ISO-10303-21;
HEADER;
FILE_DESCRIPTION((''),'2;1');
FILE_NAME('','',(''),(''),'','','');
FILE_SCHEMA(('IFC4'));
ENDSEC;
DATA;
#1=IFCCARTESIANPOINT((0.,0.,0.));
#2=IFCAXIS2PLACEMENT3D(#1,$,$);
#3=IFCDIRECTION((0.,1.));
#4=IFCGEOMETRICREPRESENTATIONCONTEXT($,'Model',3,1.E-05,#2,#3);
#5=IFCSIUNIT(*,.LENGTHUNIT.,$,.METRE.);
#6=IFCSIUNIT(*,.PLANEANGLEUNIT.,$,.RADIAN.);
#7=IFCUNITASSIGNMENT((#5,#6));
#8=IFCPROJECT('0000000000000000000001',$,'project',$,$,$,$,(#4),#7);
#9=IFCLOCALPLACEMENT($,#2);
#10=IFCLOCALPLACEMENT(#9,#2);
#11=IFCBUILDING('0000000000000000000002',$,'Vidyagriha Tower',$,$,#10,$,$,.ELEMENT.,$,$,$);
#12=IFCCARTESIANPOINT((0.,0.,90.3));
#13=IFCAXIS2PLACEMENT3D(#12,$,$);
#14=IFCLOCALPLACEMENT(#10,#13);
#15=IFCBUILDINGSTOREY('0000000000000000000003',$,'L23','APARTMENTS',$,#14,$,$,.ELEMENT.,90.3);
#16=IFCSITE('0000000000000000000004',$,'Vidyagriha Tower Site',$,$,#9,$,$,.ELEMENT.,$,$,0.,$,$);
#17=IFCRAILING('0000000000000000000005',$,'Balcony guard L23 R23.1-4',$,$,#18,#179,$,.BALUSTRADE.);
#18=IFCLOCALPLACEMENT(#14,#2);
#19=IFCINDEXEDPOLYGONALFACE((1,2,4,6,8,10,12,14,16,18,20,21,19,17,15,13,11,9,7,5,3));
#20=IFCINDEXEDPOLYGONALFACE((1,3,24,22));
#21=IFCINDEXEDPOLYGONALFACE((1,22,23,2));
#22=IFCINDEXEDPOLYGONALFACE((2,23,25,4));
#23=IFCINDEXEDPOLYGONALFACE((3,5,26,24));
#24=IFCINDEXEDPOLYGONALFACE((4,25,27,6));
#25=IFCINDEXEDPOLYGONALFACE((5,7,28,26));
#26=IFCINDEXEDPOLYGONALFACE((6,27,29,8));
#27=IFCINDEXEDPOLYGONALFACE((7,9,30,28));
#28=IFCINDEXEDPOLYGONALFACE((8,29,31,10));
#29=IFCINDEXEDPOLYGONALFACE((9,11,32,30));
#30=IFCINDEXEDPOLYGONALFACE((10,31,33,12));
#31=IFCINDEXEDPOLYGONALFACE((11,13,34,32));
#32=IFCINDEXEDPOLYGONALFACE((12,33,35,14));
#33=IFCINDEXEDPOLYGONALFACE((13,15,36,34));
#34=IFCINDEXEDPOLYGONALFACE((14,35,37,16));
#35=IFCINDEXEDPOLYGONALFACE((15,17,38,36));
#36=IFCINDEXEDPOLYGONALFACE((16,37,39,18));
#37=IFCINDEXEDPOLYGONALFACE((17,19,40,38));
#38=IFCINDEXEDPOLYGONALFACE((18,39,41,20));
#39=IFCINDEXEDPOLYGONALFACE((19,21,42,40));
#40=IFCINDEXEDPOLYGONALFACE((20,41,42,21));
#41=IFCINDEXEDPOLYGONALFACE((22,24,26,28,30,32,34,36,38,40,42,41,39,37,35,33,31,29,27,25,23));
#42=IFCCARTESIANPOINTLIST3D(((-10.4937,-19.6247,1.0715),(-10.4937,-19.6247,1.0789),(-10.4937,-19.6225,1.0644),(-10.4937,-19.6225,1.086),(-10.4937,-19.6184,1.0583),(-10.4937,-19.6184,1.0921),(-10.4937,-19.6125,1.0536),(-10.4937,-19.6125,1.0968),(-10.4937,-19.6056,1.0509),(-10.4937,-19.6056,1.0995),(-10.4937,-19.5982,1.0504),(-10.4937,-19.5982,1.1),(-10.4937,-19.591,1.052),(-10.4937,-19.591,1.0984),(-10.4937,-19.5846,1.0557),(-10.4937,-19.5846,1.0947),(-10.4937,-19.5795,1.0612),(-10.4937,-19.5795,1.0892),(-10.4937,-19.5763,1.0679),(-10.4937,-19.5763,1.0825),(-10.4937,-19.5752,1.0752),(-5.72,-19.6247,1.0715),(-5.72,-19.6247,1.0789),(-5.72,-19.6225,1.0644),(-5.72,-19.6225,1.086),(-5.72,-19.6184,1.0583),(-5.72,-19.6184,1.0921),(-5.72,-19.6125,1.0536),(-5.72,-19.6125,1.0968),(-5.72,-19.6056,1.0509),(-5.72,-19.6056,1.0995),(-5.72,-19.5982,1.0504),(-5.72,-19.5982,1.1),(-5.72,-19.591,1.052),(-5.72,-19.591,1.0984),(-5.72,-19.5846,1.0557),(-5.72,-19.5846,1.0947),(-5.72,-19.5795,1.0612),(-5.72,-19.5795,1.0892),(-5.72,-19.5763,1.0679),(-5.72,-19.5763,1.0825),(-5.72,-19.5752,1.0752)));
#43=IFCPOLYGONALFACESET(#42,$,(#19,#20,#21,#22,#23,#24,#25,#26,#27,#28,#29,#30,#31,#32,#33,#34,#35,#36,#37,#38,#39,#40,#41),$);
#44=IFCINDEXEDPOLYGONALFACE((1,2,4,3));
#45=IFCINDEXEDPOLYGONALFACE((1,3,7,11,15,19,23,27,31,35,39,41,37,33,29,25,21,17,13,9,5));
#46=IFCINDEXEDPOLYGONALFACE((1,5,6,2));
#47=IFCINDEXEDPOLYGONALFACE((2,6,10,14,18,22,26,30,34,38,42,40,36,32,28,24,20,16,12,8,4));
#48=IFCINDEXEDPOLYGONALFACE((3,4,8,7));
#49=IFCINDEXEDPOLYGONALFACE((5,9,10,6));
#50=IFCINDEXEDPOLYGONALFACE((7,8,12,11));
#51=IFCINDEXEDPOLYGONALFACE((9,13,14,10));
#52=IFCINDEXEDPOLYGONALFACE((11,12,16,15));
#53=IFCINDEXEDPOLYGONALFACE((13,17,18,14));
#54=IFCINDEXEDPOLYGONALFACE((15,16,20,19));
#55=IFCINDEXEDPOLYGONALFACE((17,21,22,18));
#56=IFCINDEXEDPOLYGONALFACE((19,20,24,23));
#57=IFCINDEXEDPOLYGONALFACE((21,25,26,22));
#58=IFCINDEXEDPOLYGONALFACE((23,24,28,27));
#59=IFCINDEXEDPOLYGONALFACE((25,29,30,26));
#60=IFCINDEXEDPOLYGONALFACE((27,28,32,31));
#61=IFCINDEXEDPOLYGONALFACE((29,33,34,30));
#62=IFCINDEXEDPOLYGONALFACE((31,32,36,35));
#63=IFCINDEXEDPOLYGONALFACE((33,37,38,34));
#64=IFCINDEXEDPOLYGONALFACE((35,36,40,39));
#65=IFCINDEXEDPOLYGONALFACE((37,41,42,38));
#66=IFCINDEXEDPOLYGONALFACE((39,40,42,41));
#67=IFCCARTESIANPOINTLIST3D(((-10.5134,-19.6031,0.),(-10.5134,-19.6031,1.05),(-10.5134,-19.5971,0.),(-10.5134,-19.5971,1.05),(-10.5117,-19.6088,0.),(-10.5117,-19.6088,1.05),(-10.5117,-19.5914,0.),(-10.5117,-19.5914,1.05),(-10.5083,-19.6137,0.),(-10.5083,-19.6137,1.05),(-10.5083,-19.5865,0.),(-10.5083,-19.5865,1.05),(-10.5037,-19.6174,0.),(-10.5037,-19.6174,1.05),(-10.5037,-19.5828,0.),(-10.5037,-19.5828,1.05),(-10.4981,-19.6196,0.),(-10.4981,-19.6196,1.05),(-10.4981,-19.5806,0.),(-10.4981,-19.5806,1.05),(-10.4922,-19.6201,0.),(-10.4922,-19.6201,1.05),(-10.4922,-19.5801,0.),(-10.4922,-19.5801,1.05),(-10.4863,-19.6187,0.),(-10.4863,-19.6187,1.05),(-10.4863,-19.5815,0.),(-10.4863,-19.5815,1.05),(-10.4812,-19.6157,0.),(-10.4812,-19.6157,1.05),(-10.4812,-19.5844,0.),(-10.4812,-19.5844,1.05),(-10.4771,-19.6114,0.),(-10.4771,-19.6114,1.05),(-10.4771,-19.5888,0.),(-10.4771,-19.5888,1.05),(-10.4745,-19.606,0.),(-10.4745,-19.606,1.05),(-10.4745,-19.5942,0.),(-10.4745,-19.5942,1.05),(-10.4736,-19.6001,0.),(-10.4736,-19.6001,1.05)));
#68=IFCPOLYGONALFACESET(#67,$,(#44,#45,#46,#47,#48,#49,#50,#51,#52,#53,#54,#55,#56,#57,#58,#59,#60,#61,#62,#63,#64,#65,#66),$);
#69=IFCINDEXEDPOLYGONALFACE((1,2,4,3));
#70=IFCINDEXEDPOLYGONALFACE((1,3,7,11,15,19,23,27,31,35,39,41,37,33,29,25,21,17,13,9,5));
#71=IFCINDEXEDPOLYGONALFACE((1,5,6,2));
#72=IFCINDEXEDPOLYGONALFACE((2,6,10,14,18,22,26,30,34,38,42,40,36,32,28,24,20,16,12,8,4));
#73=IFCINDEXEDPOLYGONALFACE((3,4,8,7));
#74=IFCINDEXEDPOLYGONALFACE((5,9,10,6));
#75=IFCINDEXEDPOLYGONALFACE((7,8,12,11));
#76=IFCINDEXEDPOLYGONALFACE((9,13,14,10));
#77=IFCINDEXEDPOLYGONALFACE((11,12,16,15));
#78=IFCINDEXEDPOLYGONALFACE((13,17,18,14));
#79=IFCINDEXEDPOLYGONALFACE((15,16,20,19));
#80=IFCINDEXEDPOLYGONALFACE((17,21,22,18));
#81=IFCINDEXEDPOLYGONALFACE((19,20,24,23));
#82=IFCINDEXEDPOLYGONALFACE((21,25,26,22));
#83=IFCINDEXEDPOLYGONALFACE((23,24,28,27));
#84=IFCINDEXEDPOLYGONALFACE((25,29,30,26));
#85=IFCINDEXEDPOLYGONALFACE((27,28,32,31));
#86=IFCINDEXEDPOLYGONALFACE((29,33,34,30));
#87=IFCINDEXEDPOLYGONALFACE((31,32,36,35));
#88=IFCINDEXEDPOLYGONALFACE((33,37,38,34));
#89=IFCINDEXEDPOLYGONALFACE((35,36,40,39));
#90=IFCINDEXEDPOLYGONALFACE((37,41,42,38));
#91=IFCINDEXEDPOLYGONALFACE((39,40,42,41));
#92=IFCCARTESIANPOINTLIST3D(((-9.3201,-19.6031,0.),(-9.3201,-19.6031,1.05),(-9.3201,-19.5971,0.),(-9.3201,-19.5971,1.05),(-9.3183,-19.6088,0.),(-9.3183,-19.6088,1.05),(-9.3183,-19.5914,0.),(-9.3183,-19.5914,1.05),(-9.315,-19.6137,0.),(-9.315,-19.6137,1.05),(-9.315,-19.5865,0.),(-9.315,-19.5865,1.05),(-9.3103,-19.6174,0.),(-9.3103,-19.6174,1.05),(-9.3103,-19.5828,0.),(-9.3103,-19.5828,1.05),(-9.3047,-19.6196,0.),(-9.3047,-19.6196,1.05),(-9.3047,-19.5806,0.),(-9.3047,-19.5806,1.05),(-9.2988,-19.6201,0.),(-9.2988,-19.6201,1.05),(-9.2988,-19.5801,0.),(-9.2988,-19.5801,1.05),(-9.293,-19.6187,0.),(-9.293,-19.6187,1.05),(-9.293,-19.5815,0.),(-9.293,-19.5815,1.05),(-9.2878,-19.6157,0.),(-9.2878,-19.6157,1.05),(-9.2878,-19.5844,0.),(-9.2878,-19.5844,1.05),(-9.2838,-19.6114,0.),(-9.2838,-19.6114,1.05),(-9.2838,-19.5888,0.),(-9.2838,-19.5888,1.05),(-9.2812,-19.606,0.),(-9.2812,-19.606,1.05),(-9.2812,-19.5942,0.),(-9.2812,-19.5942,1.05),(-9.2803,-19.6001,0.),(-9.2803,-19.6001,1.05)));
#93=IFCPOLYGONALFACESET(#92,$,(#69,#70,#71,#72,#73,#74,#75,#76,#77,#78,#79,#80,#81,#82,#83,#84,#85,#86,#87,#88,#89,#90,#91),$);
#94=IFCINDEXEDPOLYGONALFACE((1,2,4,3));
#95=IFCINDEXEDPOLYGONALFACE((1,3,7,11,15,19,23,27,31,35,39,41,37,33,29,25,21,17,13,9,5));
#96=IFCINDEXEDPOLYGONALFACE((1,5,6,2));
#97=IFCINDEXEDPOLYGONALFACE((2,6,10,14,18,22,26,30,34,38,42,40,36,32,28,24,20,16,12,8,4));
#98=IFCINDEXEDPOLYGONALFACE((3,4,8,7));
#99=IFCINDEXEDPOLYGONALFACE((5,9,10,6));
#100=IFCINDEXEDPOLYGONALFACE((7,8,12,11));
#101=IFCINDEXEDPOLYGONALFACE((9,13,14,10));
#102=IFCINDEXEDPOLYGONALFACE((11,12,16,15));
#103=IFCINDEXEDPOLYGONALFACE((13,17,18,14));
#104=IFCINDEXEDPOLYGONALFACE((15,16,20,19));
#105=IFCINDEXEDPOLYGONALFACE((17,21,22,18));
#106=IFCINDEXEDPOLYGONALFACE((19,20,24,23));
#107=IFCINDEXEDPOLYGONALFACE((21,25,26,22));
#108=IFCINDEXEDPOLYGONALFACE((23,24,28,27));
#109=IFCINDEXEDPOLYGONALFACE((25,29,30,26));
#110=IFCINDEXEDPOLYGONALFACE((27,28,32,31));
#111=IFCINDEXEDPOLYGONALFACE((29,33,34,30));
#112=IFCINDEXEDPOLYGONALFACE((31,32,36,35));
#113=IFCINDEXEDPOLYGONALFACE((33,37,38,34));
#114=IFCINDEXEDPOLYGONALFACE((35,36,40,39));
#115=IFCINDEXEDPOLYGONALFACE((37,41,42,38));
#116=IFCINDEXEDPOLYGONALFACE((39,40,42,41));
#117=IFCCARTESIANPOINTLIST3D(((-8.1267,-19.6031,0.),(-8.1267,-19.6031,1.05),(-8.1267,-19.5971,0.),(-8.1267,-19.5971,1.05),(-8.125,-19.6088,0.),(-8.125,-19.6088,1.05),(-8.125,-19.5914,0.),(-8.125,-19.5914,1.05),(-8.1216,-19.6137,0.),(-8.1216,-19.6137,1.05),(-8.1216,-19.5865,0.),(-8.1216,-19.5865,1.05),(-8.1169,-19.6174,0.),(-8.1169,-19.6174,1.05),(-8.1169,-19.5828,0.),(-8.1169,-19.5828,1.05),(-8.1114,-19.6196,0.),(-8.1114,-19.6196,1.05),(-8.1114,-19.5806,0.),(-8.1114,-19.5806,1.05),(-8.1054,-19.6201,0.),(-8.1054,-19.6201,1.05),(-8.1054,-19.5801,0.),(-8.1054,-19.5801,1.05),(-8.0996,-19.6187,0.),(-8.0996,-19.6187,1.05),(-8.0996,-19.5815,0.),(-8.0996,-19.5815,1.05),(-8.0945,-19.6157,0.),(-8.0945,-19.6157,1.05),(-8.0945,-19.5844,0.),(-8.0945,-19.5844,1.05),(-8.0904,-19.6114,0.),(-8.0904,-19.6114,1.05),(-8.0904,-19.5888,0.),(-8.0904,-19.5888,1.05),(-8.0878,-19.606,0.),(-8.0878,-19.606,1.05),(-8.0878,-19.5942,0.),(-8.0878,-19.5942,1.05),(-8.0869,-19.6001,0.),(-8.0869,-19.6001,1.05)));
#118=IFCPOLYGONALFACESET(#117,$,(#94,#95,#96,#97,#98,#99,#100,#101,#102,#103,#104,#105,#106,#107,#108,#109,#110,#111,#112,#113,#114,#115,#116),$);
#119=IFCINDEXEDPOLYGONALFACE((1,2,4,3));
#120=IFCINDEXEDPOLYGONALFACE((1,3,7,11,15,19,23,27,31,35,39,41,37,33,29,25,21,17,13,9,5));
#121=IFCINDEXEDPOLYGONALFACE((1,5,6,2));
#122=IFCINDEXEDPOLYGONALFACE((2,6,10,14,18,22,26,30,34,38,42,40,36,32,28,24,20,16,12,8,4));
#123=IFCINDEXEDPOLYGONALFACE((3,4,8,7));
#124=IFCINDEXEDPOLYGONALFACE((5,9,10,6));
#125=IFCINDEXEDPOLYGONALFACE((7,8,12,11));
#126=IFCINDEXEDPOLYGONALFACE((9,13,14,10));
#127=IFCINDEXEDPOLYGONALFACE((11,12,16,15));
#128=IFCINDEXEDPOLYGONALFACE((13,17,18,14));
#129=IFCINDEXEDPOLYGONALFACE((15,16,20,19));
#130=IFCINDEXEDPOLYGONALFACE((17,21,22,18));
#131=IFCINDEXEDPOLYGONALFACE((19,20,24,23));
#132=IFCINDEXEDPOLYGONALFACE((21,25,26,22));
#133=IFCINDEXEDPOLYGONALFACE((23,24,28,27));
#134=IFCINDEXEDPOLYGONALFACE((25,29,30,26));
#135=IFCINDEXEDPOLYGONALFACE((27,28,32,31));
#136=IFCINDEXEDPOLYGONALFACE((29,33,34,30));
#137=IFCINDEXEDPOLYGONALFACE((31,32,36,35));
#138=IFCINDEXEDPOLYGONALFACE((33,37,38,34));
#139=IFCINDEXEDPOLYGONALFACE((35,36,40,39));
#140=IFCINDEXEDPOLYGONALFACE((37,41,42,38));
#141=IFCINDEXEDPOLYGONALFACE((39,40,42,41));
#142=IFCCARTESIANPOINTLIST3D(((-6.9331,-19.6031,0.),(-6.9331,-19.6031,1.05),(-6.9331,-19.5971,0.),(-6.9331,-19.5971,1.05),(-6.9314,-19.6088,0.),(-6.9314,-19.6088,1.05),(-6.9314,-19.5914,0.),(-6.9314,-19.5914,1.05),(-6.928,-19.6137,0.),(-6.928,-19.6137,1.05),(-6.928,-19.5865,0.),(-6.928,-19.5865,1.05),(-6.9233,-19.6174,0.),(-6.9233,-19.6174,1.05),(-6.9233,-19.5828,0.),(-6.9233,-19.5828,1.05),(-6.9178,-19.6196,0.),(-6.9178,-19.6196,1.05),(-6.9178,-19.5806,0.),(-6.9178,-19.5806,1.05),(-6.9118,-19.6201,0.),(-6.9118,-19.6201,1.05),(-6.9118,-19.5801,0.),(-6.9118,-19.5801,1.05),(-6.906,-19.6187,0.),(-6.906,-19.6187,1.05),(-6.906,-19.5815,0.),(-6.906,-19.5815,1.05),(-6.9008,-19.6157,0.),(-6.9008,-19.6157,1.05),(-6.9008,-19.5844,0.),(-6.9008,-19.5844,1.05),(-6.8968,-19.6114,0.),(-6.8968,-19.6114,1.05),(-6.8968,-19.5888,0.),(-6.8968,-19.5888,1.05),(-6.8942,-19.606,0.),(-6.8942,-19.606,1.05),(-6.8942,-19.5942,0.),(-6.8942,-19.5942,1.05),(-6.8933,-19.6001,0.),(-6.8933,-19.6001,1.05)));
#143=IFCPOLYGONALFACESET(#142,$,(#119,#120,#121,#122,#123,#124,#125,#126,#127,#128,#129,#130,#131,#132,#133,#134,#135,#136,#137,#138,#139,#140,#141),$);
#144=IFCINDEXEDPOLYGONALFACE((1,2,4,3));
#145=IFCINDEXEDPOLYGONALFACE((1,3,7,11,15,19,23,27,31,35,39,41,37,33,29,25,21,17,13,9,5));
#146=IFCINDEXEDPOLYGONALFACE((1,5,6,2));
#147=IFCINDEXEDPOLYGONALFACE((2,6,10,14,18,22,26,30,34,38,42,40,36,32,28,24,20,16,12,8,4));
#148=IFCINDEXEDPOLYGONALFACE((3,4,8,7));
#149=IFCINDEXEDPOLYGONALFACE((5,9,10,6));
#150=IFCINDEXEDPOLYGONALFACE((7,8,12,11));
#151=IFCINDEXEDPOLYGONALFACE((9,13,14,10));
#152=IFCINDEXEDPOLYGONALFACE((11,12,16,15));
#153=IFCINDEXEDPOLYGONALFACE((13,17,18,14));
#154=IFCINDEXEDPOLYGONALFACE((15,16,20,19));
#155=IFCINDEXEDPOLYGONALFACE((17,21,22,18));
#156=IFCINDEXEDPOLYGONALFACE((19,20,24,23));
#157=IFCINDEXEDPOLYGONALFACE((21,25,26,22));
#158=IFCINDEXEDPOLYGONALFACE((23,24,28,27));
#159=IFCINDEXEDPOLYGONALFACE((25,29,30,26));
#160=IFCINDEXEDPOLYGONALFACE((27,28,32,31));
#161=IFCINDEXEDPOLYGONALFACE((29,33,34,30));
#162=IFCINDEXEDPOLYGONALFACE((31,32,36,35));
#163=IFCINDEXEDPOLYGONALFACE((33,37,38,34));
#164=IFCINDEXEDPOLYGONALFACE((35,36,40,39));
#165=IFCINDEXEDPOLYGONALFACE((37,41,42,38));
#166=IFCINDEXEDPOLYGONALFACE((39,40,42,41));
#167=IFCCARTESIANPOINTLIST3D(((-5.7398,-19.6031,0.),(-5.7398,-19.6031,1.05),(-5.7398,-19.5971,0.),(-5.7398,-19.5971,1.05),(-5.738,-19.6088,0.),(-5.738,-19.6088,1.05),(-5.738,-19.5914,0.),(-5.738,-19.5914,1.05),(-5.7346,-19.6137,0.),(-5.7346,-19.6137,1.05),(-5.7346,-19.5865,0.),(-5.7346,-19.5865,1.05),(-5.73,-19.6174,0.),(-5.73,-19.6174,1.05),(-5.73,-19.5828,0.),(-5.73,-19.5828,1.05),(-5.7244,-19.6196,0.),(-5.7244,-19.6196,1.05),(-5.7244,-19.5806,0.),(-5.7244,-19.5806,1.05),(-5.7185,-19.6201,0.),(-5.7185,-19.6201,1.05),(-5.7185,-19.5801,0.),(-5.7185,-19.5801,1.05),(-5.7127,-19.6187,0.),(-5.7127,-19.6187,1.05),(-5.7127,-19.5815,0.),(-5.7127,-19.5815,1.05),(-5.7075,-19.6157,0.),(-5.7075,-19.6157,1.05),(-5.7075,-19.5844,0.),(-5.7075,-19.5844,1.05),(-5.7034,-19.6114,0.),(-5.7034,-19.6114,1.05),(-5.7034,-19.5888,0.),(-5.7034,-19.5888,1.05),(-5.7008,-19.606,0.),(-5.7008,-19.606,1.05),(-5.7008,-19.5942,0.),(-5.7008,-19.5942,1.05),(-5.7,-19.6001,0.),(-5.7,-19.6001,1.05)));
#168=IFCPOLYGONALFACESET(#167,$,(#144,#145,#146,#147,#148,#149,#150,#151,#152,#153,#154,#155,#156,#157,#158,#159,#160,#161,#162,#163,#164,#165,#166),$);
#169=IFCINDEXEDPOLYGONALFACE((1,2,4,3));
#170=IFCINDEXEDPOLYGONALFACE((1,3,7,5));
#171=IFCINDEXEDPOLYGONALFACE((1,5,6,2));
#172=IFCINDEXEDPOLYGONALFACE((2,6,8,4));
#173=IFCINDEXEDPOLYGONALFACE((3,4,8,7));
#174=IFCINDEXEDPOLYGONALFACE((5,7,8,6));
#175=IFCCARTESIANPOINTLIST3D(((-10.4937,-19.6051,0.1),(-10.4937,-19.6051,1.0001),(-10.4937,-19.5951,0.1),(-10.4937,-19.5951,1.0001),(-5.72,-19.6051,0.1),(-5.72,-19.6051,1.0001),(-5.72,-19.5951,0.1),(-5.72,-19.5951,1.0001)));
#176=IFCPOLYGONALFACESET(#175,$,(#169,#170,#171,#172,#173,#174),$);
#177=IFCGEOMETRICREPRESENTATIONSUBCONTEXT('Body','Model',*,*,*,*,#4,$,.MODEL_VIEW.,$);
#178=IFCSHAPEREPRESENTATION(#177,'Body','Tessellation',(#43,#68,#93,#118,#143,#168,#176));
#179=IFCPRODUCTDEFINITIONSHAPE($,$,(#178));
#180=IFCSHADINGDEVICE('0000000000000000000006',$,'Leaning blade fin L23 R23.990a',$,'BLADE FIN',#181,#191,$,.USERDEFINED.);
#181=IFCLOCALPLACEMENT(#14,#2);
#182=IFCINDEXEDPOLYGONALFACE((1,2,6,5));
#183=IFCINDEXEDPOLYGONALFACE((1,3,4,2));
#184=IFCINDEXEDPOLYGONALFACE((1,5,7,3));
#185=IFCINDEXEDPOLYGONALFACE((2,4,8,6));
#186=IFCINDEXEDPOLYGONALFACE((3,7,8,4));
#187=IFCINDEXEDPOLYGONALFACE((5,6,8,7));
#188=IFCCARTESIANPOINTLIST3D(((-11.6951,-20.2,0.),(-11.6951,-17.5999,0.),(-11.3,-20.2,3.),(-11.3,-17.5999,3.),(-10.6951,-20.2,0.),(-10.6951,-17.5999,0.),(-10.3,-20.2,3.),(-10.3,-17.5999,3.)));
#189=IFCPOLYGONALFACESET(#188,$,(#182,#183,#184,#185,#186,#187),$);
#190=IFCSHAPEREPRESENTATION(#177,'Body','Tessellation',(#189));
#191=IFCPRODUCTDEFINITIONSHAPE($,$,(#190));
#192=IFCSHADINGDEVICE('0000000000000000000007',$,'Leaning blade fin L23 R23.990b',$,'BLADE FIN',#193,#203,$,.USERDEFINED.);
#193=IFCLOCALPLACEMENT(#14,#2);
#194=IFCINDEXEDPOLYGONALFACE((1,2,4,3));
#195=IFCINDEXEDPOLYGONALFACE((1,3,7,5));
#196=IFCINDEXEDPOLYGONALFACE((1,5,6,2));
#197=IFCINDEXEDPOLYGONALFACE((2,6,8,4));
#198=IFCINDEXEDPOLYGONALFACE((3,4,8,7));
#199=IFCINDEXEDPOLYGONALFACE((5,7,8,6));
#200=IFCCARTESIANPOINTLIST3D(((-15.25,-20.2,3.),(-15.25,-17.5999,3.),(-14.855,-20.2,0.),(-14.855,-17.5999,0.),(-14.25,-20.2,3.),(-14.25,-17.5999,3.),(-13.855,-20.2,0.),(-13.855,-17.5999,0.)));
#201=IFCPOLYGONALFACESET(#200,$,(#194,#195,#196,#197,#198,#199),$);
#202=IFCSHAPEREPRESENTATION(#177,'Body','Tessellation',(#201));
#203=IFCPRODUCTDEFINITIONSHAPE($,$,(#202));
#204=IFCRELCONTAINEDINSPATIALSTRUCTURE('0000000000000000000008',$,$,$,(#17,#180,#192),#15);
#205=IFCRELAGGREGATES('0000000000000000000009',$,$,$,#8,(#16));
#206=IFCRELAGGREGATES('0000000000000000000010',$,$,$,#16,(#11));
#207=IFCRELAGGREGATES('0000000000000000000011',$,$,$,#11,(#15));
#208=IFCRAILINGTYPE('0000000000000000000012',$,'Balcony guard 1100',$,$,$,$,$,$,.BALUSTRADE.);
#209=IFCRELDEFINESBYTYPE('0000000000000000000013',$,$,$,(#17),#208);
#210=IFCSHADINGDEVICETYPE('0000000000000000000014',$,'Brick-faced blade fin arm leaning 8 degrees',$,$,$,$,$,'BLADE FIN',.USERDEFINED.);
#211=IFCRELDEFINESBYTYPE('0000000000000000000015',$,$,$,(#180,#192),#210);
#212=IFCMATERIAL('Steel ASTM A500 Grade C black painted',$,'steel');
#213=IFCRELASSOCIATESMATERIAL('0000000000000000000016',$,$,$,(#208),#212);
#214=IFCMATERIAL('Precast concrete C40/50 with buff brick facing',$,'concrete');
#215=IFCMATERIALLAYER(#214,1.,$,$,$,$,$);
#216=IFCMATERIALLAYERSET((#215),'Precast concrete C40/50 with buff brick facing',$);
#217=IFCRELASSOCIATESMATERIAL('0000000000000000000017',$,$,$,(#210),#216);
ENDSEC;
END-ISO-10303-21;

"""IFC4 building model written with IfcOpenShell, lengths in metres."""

from ifc_helpers import new_model, si_unit, direction, frame, origin, origin_2d, place, context, subcontext, project, spatial, polyline, rectangle, circle, outline, extrude, material, layer, layer_set, type_object, element, save


model = new_model("IFC4")

# Units and contexts
model_context = context("Model", 3, precision=1e-05, world=origin(), true_north=direction((0.0, 1.0)))
body_context = subcontext(model_context, "Body", "Model", "MODEL_VIEW")
ifc_project = project(units=[si_unit("LENGTHUNIT", "METRE"), si_unit("PLANEANGLEUNIT", "RADIAN")], contexts=[model_context])

# Site, building, storey
site_placement = place(None, origin())
site = spatial("IfcSite", under=ifc_project, at=site_placement, Name="Vidyagriha Tower Site", CompositionType="ELEMENT", RefElevation=0.0)
building_placement = place(site_placement, origin())
building = spatial("IfcBuilding", under=site, at=building_placement, Name="Vidyagriha Tower", CompositionType="ELEMENT")
storey_placement = place(building_placement, frame((0.0, 0.0, 90.3)))
storey = spatial("IfcBuildingStorey", under=building, at=storey_placement, Name="L23", Description="APARTMENTS", CompositionType="ELEMENT", Elevation=90.3)

# Railing
ifc_material_1 = material(Name="Steel ASTM A500 Grade C black painted", Category="steel")
railing_type = type_object("IfcRailingType", Name="Balcony guard 1100", PredefinedType="BALUSTRADE", material=ifc_material_1)
railing_1_placement = place(storey_placement, frame((-10.4937, -19.6001, 0.0)))
element("IfcRailing", 1, at=railing_1_placement, inside=storey, type_object=railing_type, Name="Balcony guard L23 R23.1-4", PredefinedType="BALUSTRADE", context=body_context, shape_type="SweptSolid", body=[
    extrude(circle(Radius=0.0249, at=origin_2d()), frame((0.0, 0.0, 1.0752), z_axis=(1.0, 0.0, 0.0), x_axis=(0.0, 1.0, 0.0)), (0.0, 0.0, 1.0), 4.7737),
    extrude(circle(Radius=0.02, at=origin_2d()), origin(), (0.0, 0.0, 1.0), 1.05),
    extrude(circle(Radius=0.02, at=origin_2d()), frame((1.1934, 0.0, 0.0)), (0.0, 0.0, 1.0), 1.05),
    extrude(circle(Radius=0.02, at=origin_2d()), frame((2.3867, 0.0, 0.0)), (0.0, 0.0, 1.0), 1.05),
    extrude(circle(Radius=0.02, at=origin_2d()), frame((3.5803, 0.0, 0.0)), (0.0, 0.0, 1.0), 1.05),
    extrude(circle(Radius=0.02, at=origin_2d()), frame((4.7737, 0.0, 0.0)), (0.0, 0.0, 1.0), 1.05),
    extrude(rectangle(XDim=0.01, YDim=0.9001, at=origin_2d()), frame((0.0, 0.0, 0.55), z_axis=(1.0, 0.0, 0.0), x_axis=(0.0, 1.0, 0.0)), (0.0, 0.0, 1.0), 4.7737),
])

# Shading devices
ifc_material_2 = material(Name="Precast concrete C40/50 with buff brick facing", Category="concrete")
ifc_layer_1 = layer(ifc_material_2, 1.0)
ifc_layer_set_1 = layer_set([ifc_layer_1], Name="Precast concrete C40/50 with buff brick facing")
shading_device_type = type_object("IfcShadingDeviceType", Name="Brick-faced blade fin arm leaning 8 degrees", ElementType="BLADE FIN", PredefinedType="USERDEFINED", material=ifc_layer_set_1)
shading_device_1_placement = place(storey_placement, frame((-11.6951, -18.8999, 0.0)))
element("IfcShadingDevice", 2, at=shading_device_1_placement, inside=storey, type_object=shading_device_type, Name="Leaning blade fin L23 R23.990a", ObjectType="BLADE FIN", PredefinedType="USERDEFINED", context=body_context, shape_type="SweptSolid", body=[
    extrude(outline(polyline([(0.0, 0.0), (1.0, 0.0), (1.395, 3.0), (0.395, 3.0), (0.0, 0.0)])), frame((0.0, 1.3, 0.0), z_axis=(0.0, -1.0, 0.0), x_axis=(1.0, 0.0, 0.0)), (0.0, 0.0, 1.0), 2.6001),
])
shading_device_2_placement = place(storey_placement, frame((-15.25, -18.8999, 0.0)))
element("IfcShadingDevice", 3, at=shading_device_2_placement, inside=storey, type_object=shading_device_type, Name="Leaning blade fin L23 R23.990b", ObjectType="BLADE FIN", PredefinedType="USERDEFINED", context=body_context, shape_type="SweptSolid", body=[
    extrude(outline(polyline([(0.395, 0.0), (1.395, 0.0), (1.0, 3.0), (0.0, 3.0), (0.395, 0.0)])), frame((0.0, 1.3, 0.0), z_axis=(0.0, -1.0, 0.0), x_axis=(1.0, 0.0, 0.0)), (0.0, 0.0, 1.0), 2.6001),
])

save(model, "model.ifc")
